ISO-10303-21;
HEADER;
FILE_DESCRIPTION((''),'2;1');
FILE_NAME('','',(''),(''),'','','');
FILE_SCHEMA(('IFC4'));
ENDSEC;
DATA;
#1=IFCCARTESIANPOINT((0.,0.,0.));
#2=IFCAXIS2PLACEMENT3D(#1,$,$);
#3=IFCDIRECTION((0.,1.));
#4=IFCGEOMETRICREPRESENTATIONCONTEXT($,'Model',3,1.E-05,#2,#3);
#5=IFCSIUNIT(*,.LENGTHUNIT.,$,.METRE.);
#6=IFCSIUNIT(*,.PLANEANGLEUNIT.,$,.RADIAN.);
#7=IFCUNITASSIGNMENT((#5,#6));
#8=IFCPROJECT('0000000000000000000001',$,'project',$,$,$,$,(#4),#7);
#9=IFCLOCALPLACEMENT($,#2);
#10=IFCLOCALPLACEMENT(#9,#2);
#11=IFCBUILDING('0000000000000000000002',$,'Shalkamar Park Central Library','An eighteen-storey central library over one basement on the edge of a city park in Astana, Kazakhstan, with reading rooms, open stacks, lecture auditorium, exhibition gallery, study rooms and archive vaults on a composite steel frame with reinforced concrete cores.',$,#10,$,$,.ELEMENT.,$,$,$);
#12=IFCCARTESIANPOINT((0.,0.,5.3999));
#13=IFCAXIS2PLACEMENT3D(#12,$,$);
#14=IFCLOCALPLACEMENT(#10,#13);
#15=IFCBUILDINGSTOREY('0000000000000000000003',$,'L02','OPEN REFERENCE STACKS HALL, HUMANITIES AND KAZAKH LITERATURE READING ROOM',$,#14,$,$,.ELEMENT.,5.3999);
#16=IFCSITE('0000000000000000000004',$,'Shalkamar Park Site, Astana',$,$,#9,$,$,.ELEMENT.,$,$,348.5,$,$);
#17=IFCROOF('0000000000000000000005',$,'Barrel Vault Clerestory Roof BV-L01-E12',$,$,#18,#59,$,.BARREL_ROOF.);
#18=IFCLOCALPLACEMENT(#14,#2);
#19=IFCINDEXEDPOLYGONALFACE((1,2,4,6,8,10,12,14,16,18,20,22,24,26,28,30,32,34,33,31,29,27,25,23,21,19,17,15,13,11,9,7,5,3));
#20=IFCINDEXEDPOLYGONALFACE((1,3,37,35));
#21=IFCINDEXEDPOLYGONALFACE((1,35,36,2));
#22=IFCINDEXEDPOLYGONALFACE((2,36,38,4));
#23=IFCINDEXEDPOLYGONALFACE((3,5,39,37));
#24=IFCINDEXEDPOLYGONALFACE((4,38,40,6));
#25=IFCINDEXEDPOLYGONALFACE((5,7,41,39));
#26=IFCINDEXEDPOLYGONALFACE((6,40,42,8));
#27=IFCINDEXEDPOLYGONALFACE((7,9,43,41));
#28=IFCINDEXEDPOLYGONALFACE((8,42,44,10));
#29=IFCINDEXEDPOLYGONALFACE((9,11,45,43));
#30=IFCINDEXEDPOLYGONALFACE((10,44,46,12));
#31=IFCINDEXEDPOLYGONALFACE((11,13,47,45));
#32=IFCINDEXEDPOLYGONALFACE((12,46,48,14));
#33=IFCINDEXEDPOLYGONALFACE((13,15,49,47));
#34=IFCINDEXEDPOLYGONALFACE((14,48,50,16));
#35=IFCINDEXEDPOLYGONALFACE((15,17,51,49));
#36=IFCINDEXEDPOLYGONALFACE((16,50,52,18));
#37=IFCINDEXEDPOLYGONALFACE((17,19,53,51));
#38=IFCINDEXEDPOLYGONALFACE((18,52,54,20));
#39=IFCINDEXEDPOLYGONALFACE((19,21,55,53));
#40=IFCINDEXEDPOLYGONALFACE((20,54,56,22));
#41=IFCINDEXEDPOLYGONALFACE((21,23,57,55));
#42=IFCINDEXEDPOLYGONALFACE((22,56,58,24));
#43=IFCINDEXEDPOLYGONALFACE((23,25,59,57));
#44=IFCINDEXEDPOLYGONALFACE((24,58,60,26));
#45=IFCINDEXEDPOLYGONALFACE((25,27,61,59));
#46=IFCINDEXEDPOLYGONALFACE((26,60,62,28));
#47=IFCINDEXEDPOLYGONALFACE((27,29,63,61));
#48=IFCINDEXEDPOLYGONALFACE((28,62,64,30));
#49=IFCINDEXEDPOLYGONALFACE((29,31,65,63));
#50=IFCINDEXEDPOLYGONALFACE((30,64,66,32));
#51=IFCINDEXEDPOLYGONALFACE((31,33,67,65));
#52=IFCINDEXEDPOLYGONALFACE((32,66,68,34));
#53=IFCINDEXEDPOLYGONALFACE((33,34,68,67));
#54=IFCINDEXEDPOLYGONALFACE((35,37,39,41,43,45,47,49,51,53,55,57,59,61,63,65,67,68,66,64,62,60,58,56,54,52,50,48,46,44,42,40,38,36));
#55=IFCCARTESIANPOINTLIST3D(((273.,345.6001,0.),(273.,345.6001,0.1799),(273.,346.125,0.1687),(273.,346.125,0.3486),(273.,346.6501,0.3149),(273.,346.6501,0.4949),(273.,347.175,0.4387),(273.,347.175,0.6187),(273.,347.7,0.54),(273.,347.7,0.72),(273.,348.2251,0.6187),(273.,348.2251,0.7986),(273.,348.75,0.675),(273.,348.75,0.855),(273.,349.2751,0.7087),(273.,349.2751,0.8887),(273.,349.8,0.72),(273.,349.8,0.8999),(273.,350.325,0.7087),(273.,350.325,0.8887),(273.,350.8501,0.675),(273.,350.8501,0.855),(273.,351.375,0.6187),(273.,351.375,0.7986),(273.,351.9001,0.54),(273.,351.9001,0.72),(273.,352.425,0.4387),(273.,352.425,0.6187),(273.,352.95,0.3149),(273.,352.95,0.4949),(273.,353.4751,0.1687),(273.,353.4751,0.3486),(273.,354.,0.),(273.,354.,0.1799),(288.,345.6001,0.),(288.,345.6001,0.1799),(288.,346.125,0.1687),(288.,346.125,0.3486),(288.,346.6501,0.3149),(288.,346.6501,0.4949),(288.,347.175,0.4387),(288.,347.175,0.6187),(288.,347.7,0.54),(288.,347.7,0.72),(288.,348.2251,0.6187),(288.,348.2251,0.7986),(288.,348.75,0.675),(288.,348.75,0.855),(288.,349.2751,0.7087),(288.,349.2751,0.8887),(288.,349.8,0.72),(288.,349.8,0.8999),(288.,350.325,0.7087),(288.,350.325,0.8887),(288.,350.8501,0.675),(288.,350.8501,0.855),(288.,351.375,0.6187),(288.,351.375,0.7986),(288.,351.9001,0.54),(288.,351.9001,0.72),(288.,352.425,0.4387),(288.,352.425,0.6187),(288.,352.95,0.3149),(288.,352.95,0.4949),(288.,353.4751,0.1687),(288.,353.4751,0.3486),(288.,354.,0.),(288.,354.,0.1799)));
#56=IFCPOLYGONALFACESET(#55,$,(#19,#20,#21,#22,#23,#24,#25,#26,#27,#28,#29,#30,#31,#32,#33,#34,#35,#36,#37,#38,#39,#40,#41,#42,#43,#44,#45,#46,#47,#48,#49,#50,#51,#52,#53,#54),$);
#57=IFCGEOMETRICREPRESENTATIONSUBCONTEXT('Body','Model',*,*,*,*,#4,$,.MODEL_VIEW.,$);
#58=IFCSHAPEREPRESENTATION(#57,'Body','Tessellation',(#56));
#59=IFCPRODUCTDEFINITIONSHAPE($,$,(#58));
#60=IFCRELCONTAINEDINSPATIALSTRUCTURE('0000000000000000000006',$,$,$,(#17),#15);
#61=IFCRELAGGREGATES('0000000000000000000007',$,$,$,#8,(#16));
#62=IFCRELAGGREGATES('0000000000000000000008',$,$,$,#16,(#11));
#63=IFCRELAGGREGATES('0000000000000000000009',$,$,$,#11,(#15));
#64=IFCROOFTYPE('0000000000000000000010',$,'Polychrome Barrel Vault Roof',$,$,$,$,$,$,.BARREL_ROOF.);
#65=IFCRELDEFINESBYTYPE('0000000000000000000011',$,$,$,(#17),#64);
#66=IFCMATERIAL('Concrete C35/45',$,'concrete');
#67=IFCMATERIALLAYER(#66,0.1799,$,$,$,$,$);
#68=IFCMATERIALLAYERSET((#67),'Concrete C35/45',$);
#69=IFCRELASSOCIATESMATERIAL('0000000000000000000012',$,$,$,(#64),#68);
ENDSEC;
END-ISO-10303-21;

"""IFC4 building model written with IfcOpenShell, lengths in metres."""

from ifc_helpers import new_model, si_unit, direction, frame, origin, place, context, subcontext, project, spatial, polyline, outline, extrude, material, layer, layer_set, type_object, element, save


model = new_model("IFC4")

# Units and contexts
model_context = context("Model", 3, precision=1e-05, world=origin(), true_north=direction((0.0, 1.0)))
body_context = subcontext(model_context, "Body", "Model", "MODEL_VIEW")
ifc_project = project(units=[si_unit("LENGTHUNIT", "METRE"), si_unit("PLANEANGLEUNIT", "RADIAN")], contexts=[model_context])

# Site, building, storey
site_placement = place(None, origin())
site = spatial("IfcSite", under=ifc_project, at=site_placement, Name="Shalkamar Park Site, Astana", CompositionType="ELEMENT", RefElevation=348.5)
building_placement = place(site_placement, origin())
building = spatial("IfcBuilding", under=site, at=building_placement, Name="Shalkamar Park Central Library", Description="An eighteen-storey central library over one basement on the edge of a city park in Astana, Kazakhstan, with reading rooms, open stacks, lecture auditorium, exhibition gallery, study rooms and archive vaults on a composite steel frame with reinforced concrete cores.", CompositionType="ELEMENT")
storey_placement = place(building_placement, frame((0.0, 0.0, 5.3999)))
storey = spatial("IfcBuildingStorey", under=building, at=storey_placement, Name="L02", Description="OPEN REFERENCE STACKS HALL, HUMANITIES AND KAZAKH LITERATURE READING ROOM", CompositionType="ELEMENT", Elevation=5.3999)

# Roof
ifc_material_1 = material(Name="Concrete C35/45", Category="concrete")
ifc_layer = layer(ifc_material_1, 0.1799)
ifc_layer_set = layer_set([ifc_layer], Name="Concrete C35/45")
roof_type = type_object("IfcRoofType", Name="Polychrome Barrel Vault Roof", PredefinedType="BARREL_ROOF", material=ifc_layer_set)
roof_1_placement = place(storey_placement, frame((273.0, 349.8, 0.0), z_axis=(0.0, 0.0, 1.0), x_axis=(1.0, 0.0, 0.0)))
element("IfcRoof", 1, at=roof_1_placement, inside=storey, type_object=roof_type, Name="Barrel Vault Clerestory Roof BV-L01-E12", PredefinedType="BARREL_ROOF", context=body_context, shape_type="SweptSolid", body=[
    extrude(outline(polyline([(-4.2, 0.1799), (-3.675, 0.3486), (-3.1499, 0.4949), (-2.625, 0.6187), (-2.1001, 0.72), (-1.575, 0.7986), (-1.05, 0.855), (-0.5249, 0.8887), (0.0, 0.8999), (0.5249, 0.8887), (1.05, 0.855), (1.575, 0.7986), (2.1001, 0.72), (2.625, 0.6187), (3.1499, 0.4949), (3.675, 0.3486), (4.2, 0.1799), (4.2, 0.0), (3.675, 0.1687), (3.1499, 0.3149), (2.625, 0.4387), (2.1001, 0.54), (1.575, 0.6187), (1.05, 0.675), (0.5249, 0.7087), (0.0, 0.72), (-0.5249, 0.7087), (-1.05, 0.675), (-1.575, 0.6187), (-2.1001, 0.54), (-2.625, 0.4387), (-3.1499, 0.3149), (-3.675, 0.1687), (-4.2, 0.0), (-4.2, 0.1799)])), frame((0.0, 0.0, 0.0), z_axis=(1.0, 0.0, 0.0), x_axis=(0.0, 1.0, 0.0)), (0.0, 0.0, 1.0), 15.0),
])

save(model, "model.ifc")
